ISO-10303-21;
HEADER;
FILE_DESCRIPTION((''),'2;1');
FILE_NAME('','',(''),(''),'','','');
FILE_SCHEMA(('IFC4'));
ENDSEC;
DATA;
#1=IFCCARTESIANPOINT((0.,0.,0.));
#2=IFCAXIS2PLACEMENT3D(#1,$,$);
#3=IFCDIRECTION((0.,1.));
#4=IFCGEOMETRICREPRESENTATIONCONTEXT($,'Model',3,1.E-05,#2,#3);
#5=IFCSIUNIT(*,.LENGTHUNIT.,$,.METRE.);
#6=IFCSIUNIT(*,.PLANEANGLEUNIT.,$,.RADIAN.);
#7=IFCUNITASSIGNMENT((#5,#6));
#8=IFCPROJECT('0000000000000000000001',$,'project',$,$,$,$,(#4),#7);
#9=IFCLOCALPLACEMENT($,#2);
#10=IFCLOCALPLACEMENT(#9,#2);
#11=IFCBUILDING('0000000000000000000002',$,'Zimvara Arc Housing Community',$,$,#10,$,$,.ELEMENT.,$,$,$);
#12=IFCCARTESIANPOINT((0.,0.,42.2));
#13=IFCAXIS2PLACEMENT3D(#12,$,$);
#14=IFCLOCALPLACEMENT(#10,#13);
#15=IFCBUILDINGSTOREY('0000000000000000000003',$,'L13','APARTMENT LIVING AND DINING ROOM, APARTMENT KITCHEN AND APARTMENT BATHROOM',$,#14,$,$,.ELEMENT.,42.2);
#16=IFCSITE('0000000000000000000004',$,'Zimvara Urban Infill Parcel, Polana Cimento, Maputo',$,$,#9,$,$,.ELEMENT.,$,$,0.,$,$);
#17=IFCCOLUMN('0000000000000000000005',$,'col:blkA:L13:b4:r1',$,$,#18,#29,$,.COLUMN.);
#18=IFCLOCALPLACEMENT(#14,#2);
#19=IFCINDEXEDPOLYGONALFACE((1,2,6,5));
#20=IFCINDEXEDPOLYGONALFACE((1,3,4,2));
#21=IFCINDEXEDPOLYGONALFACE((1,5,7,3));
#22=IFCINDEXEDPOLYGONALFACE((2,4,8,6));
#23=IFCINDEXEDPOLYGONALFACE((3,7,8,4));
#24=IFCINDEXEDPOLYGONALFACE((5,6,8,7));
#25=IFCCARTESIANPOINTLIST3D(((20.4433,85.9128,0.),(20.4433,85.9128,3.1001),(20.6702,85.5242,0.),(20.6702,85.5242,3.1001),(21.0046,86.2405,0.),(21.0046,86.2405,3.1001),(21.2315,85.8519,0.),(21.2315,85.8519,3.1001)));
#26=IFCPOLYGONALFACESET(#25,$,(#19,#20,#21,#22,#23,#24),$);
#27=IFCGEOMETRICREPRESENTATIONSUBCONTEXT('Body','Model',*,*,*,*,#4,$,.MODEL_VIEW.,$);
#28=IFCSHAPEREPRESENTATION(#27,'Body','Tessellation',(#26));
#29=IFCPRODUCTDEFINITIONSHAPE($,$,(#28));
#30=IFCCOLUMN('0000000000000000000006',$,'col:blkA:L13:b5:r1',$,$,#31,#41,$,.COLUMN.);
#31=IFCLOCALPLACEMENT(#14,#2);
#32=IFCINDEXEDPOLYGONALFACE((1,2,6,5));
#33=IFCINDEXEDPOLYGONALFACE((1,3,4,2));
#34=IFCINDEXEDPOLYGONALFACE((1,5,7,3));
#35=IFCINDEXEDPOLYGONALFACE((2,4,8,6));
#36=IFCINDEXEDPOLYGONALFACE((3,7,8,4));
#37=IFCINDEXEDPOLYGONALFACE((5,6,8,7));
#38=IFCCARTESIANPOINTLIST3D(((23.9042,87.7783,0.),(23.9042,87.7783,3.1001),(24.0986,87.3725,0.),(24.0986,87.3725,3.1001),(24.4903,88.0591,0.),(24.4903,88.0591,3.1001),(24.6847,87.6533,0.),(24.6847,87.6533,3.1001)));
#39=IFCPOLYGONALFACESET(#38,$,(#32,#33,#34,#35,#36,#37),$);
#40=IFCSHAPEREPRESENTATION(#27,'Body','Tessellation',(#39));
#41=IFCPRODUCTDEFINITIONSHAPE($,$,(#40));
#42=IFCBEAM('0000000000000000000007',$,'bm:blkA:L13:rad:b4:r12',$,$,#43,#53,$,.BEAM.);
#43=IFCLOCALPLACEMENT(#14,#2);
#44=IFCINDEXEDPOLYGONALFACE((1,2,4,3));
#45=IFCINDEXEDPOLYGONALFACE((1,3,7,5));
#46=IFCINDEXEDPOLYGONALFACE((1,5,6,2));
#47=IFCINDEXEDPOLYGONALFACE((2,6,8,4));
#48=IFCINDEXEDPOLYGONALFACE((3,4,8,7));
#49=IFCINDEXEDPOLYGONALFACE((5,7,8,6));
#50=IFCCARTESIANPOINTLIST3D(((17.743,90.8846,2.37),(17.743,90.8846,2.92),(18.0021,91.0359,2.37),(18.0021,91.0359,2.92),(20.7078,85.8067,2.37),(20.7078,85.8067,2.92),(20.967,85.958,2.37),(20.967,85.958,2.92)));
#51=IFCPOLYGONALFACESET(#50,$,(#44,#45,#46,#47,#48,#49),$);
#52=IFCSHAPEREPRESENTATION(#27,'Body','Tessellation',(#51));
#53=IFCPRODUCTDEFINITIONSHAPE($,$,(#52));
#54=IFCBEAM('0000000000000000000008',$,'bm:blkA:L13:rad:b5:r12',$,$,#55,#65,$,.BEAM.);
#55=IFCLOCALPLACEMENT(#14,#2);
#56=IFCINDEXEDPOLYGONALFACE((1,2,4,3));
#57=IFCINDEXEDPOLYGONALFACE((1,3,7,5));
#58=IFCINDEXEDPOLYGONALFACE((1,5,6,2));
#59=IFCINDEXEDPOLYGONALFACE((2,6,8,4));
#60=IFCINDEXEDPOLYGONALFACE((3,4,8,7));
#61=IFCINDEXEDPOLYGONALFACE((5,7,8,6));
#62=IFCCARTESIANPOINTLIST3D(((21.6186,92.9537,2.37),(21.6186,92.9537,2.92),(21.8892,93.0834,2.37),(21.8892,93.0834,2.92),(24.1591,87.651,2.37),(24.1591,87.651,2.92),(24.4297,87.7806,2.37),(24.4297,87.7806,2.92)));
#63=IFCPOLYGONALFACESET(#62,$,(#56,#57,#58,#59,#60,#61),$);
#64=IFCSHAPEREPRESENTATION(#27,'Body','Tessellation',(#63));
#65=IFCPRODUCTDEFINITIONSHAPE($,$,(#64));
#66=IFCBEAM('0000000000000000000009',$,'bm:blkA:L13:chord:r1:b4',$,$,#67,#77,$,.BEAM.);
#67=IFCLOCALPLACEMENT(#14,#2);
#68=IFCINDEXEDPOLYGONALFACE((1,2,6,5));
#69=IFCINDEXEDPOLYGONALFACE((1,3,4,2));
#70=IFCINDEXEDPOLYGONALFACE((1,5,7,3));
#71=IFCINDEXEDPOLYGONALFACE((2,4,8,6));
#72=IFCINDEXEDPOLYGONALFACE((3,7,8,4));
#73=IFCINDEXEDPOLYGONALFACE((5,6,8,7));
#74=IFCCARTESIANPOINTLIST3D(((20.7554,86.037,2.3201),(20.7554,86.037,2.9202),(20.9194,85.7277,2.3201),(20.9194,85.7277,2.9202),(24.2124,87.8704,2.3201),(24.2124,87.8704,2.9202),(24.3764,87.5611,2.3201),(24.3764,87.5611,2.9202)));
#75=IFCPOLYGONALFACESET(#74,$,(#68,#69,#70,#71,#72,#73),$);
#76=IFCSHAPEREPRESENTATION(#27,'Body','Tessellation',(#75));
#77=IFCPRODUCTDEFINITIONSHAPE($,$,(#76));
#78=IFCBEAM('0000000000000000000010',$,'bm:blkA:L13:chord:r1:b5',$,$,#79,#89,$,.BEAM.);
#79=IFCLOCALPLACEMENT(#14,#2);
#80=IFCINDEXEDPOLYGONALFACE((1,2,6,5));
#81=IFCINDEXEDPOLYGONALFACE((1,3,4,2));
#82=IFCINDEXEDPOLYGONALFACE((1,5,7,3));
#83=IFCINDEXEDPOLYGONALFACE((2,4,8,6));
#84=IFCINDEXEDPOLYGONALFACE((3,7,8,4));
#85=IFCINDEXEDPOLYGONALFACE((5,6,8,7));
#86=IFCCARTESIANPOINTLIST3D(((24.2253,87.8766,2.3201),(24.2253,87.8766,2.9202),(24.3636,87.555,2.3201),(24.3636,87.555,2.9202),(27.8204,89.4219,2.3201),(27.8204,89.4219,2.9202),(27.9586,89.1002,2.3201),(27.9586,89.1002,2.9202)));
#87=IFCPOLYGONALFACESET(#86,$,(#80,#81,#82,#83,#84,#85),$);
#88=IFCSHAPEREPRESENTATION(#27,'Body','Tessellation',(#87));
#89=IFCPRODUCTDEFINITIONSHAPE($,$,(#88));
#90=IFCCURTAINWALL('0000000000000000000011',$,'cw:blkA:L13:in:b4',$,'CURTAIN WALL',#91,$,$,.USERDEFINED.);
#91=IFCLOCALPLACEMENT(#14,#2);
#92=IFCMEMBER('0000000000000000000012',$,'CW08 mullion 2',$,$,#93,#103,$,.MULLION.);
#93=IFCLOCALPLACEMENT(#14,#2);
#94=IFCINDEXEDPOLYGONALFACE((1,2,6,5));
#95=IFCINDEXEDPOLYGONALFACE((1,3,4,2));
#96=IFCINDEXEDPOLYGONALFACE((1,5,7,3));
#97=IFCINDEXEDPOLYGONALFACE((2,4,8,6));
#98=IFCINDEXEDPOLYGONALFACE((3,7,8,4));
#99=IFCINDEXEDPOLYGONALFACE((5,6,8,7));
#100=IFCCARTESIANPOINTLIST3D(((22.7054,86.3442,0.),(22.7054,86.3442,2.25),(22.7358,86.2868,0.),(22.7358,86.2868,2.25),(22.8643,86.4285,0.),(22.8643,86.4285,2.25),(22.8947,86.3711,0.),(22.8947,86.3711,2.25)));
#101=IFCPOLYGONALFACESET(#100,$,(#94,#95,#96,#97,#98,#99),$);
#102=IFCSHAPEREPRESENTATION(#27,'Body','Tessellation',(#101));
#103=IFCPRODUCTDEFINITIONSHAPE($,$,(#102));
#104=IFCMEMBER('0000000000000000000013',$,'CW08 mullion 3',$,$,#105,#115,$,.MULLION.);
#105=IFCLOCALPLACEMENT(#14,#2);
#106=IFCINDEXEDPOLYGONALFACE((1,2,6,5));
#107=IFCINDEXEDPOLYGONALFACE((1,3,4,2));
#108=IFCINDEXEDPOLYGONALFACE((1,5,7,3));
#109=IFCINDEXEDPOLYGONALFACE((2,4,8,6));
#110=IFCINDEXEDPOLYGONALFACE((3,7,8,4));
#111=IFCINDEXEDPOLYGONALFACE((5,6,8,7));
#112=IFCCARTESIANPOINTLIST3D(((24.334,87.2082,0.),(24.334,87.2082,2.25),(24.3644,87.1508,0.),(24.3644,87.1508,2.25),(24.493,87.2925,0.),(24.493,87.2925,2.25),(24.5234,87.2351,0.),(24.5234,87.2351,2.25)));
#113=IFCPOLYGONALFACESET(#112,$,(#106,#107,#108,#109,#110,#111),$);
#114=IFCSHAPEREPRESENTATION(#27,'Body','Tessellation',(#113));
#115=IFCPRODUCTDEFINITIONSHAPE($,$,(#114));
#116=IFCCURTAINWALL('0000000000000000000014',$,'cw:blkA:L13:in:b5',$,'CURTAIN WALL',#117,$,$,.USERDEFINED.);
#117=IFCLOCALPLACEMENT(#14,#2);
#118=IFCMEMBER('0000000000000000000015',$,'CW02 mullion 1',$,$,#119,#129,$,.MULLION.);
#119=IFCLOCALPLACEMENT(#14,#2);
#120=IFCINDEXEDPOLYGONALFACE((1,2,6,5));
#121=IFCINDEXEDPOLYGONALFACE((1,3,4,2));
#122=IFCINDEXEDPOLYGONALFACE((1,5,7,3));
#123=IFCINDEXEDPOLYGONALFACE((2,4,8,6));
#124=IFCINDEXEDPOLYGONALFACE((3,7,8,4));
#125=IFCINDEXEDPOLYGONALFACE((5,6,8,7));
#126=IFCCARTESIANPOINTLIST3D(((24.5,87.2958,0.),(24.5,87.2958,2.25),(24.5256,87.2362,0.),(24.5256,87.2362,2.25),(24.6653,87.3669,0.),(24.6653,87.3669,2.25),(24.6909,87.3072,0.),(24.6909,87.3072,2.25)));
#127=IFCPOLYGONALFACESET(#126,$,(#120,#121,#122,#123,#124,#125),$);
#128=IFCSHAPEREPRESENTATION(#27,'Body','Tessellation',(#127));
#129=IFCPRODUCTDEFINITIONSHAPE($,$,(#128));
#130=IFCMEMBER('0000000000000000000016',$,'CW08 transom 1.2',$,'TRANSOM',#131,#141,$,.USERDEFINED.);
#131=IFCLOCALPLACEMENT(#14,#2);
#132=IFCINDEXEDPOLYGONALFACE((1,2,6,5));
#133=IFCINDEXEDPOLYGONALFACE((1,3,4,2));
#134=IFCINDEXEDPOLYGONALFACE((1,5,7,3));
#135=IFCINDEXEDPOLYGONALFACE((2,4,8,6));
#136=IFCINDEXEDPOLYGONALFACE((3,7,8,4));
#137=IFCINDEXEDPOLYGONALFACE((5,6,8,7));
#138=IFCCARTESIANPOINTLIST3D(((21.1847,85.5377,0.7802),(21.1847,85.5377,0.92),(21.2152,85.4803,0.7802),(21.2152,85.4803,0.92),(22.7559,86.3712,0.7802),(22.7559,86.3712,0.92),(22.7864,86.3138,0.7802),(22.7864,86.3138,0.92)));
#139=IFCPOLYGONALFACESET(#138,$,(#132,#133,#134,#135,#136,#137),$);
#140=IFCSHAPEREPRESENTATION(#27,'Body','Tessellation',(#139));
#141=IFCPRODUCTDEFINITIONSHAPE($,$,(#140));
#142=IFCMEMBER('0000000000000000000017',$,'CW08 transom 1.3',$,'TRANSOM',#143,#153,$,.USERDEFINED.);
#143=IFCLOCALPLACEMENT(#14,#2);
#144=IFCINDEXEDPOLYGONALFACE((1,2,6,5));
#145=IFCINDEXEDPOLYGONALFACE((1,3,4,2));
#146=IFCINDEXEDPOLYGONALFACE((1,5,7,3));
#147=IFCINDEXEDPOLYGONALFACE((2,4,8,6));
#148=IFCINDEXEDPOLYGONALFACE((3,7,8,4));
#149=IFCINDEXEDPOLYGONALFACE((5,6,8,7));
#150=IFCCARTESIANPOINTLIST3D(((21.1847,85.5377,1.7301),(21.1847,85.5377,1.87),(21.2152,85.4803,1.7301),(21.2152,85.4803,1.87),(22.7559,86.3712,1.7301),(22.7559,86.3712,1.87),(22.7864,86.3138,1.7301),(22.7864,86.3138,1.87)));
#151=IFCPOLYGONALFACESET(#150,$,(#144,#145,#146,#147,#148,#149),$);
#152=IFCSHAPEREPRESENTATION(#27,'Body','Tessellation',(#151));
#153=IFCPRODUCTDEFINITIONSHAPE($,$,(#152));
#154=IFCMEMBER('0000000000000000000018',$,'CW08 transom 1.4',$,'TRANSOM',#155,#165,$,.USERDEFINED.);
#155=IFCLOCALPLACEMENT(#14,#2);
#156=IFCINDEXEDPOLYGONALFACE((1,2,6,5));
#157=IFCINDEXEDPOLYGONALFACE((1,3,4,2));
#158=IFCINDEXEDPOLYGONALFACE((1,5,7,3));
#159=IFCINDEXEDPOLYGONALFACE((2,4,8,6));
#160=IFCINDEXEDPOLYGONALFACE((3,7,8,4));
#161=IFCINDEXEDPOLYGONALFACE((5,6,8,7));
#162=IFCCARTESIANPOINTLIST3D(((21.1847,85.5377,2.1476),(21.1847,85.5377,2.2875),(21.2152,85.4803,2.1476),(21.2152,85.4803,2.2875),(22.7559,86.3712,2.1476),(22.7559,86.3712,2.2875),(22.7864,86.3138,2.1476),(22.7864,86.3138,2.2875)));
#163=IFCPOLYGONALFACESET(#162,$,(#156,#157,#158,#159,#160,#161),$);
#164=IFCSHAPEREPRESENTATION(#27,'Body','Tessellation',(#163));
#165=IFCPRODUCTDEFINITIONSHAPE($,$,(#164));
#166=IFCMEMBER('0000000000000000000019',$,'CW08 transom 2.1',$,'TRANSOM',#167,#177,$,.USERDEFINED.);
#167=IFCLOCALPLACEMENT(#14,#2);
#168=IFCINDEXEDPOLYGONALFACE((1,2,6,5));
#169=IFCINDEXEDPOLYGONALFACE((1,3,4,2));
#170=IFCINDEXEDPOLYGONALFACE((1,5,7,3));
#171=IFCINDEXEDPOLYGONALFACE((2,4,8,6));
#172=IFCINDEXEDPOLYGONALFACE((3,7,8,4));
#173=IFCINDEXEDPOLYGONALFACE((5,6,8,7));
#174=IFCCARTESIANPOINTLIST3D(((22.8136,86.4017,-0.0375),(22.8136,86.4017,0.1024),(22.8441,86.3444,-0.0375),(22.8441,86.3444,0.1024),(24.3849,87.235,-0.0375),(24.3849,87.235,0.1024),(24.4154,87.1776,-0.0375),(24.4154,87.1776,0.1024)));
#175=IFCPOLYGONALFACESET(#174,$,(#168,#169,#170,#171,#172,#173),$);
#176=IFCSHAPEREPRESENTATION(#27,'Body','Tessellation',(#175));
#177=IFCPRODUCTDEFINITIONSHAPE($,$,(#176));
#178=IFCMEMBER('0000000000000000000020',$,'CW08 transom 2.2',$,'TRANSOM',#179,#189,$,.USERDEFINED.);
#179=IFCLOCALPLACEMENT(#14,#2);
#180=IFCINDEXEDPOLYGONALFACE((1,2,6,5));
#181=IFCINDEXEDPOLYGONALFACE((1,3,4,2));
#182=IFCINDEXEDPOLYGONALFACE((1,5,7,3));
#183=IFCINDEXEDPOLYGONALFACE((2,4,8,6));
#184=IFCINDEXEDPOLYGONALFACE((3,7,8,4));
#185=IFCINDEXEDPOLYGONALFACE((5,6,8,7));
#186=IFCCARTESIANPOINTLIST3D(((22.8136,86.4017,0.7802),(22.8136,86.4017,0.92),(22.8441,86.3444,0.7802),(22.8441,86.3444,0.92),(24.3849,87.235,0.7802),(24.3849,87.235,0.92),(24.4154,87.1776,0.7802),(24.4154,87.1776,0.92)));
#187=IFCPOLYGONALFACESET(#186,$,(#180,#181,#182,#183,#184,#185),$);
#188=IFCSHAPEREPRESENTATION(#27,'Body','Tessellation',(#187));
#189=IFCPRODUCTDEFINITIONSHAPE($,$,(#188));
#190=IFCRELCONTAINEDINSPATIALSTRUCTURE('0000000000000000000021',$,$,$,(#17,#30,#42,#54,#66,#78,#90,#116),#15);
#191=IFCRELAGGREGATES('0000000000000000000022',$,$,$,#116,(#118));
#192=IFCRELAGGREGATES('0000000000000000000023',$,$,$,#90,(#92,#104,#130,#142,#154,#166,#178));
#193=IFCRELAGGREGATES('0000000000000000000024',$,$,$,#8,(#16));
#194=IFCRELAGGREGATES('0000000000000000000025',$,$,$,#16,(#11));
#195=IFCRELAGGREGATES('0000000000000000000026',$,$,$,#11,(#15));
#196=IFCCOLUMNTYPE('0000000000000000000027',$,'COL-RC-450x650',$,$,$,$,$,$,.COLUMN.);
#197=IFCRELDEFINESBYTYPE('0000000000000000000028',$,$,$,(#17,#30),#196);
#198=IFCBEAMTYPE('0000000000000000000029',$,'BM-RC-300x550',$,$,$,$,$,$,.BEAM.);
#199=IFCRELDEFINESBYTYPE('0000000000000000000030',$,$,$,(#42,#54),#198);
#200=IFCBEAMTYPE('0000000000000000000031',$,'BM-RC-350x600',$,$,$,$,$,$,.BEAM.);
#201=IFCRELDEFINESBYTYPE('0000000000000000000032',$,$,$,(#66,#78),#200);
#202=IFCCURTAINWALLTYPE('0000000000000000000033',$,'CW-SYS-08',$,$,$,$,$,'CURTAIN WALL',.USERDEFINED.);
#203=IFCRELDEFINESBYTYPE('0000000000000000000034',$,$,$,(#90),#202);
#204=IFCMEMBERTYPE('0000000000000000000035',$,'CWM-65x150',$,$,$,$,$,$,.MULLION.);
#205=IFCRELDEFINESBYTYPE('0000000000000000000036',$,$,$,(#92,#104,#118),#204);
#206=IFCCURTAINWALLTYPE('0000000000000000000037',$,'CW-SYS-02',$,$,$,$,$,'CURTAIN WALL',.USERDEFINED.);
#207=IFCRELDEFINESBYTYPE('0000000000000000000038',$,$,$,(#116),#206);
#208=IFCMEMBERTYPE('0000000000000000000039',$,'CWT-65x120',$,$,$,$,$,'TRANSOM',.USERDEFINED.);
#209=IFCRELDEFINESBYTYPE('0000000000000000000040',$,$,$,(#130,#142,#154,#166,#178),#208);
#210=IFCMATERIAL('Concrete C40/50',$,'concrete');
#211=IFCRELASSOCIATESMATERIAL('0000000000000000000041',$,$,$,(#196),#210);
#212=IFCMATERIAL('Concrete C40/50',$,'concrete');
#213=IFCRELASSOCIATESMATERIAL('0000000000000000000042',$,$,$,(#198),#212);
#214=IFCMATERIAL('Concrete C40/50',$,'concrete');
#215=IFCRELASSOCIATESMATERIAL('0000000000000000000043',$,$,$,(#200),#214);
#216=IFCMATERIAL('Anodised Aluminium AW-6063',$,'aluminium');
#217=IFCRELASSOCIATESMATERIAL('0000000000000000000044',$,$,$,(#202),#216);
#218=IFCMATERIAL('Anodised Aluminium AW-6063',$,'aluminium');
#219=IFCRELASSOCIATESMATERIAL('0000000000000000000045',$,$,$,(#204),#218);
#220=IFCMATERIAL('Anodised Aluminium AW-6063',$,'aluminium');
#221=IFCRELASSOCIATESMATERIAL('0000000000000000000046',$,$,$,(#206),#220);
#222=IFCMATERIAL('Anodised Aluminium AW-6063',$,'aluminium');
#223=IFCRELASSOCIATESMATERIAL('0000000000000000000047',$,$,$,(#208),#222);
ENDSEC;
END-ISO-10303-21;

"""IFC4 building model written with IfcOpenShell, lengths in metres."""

from ifc_helpers import new_model, si_unit, direction, frame, origin, origin_2d, place, context, subcontext, project, spatial, rectangle, extrude, material, material_profile, profile_set, type_object, element, aggregate, save


model = new_model("IFC4")

# Units and contexts
model_context = context("Model", 3, precision=1e-05, world=origin(), true_north=direction((0.0, 1.0)))
body_context = subcontext(model_context, "Body", "Model", "MODEL_VIEW")
ifc_project = project(units=[si_unit("LENGTHUNIT", "METRE"), si_unit("PLANEANGLEUNIT", "RADIAN")], contexts=[model_context])

# Site, building, storey
site_placement = place(None, origin())
site = spatial("IfcSite", under=ifc_project, at=site_placement, Name="Zimvara Urban Infill Parcel, Polana Cimento, Maputo", CompositionType="ELEMENT", RefElevation=0.0)
building_placement = place(site_placement, origin())
building = spatial("IfcBuilding", under=site, at=building_placement, Name="Zimvara Arc Housing Community", CompositionType="ELEMENT")
storey_placement = place(building_placement, frame((0.0, 0.0, 42.2)))
storey = spatial("IfcBuildingStorey", under=building, at=storey_placement, Name="L13", Description="APARTMENT LIVING AND DINING ROOM, APARTMENT KITCHEN AND APARTMENT BATHROOM", CompositionType="ELEMENT", Elevation=42.2)

# Columns
ifc_material_1 = material(Name="Concrete C40/50", Category="concrete")
ifc_material_profile_1 = material_profile(ifc_material_1, rectangle(XDim=0.45, YDim=0.6499, at=origin_2d()), Name="RC 450x650")
ifc_profile_set_1 = profile_set([ifc_material_profile_1], Name="Concrete C40/50")
column_type = type_object("IfcColumnType", Name="COL-RC-450x650", PredefinedType="COLUMN", material=ifc_profile_set_1)
for number, where, z_axis, x_axis, name in (
    (1, (20.8374, 85.8823, 0.0), (0.0, 0.0, 1.0), (-0.504226, 0.863572, 0.0), "col:blkA:L13:b4:r1"),
    (2, (24.2944, 87.7158, 0.0), (0.0, 0.0, 1.0), (-0.432086, 0.901833, 0.0), "col:blkA:L13:b5:r1"),
):
    element("IfcColumn", number, at=place(storey_placement, frame(where, z_axis=z_axis, x_axis=x_axis)), inside=storey, type_object=column_type, Name=name, PredefinedType="COLUMN", context=body_context, shape_type="SweptSolid", body=[
        extrude(rectangle(XDim=0.45, YDim=0.6499, at=origin_2d()), origin(), (0.0, 0.0, 1.0), 3.1001),
    ])

# Beams
ifc_material_2 = material(Name="Concrete C40/50", Category="concrete")
ifc_material_profile_2 = material_profile(ifc_material_2, rectangle(XDim=0.3, YDim=0.55, at=origin_2d()), Name="RC 300x550")
ifc_profile_set_2 = profile_set([ifc_material_profile_2], Name="Concrete C40/50")
beam_type_1 = type_object("IfcBeamType", Name="BM-RC-300x550", PredefinedType="BEAM", material=ifc_profile_set_2)
beam_1_placement = place(storey_placement, frame((20.8374, 85.8823, 2.645), z_axis=(-0.504219, 0.863576, 0.0), x_axis=(-0.863576, -0.504219, 0.0)))
element("IfcBeam", 3, at=beam_1_placement, inside=storey, type_object=beam_type_1, Name="bm:blkA:L13:rad:b4:r12", PredefinedType="BEAM", context=body_context, shape_type="SweptSolid", body=[
    extrude(rectangle(XDim=0.3, YDim=0.55, at=origin_2d()), origin(), (0.0, 0.0, 1.0), 5.8801),
])
beam_2_placement = place(storey_placement, frame((24.2944, 87.7158, 2.645), z_axis=(-0.43207, 0.90184, 0.0), x_axis=(-0.90184, -0.43207, 0.0)))
element("IfcBeam", 4, at=beam_2_placement, inside=storey, type_object=beam_type_1, Name="bm:blkA:L13:rad:b5:r12", PredefinedType="BEAM", context=body_context, shape_type="SweptSolid", body=[
    extrude(rectangle(XDim=0.3, YDim=0.55, at=origin_2d()), origin(), (0.0, 0.0, 1.0), 5.8799),
])
ifc_material_3 = material(Name="Concrete C40/50", Category="concrete")
ifc_material_profile_3 = material_profile(ifc_material_3, rectangle(XDim=0.3501, YDim=0.6001, at=origin_2d()), Name="RC 350x600")
ifc_profile_set_3 = profile_set([ifc_material_profile_3], Name="Concrete C40/50")
beam_type_2 = type_object("IfcBeamType", Name="BM-RC-350x600", PredefinedType="BEAM", material=ifc_profile_set_3)
for number, where, z_axis, x_axis, name in (
    (5, (20.8374, 85.8823, 2.6201), (0.883439, 0.468547, 0.0), (-0.468547, 0.883439, 0.0), "bm:blkA:L13:chord:r1:b4"),
    (6, (24.2944, 87.7158, 2.6201), (0.918731, 0.394883, 0.0), (-0.394883, 0.918731, 0.0), "bm:blkA:L13:chord:r1:b5"),
):
    element("IfcBeam", number, at=place(storey_placement, frame(where, z_axis=z_axis, x_axis=x_axis)), inside=storey, type_object=beam_type_2, Name=name, PredefinedType="BEAM", context=body_context, shape_type="SweptSolid", body=[
        extrude(rectangle(XDim=0.3501, YDim=0.6001, at=origin_2d()), origin(), (0.0, 0.0, 1.0), 3.9131),
    ])

# Curtain wall, members
ifc_material_4 = material(Name="Anodised Aluminium AW-6063", Category="aluminium")
curtain_wall_type_1 = type_object("IfcCurtainWallType", Name="CW-SYS-08", ElementType="CURTAIN WALL", PredefinedType="USERDEFINED", material=ifc_material_4)
curtain_wall_1_placement = place(storey_placement, origin())
curtain_wall_1 = element("IfcCurtainWall", 7, at=curtain_wall_1_placement, inside=storey, type_object=curtain_wall_type_1, Name="cw:blkA:L13:in:b4", ObjectType="CURTAIN WALL", PredefinedType="USERDEFINED")
ifc_material_5 = material(Name="Anodised Aluminium AW-6063", Category="aluminium")
ifc_material_profile_4 = material_profile(ifc_material_5, rectangle(XDim=0.0649, YDim=0.1799, at=origin_2d()), Name="ALU 65x180")
ifc_profile_set_4 = profile_set([ifc_material_profile_4], Name="Anodised Aluminium AW-6063")
member_type_1 = type_object("IfcMemberType", Name="CWM-65x150", PredefinedType="MULLION", material=ifc_profile_set_4)
member_1_placement = place(storey_placement, frame((22.8, 86.3577, 0.0), z_axis=(0.0, 0.0, 1.0), x_axis=(-0.468547, 0.883439, 0.0)))
member_1 = element("IfcMember", 8, at=member_1_placement, type_object=member_type_1, Name="CW08 mullion 2", PredefinedType="MULLION", context=body_context, shape_type="SweptSolid", body=[
    extrude(rectangle(XDim=0.0649, YDim=0.1799, at=origin_2d()), origin(), (0.0, 0.0, 1.0), 2.25),
])
member_2_placement = place(storey_placement, frame((24.4287, 87.2217, 0.0), z_axis=(0.0, 0.0, 1.0), x_axis=(-0.468547, 0.883439, 0.0)))
member_2 = element("IfcMember", 9, at=member_2_placement, type_object=member_type_1, Name="CW08 mullion 3", PredefinedType="MULLION", context=body_context, shape_type="SweptSolid", body=[
    extrude(rectangle(XDim=0.0649, YDim=0.1799, at=origin_2d()), origin(), (0.0, 0.0, 1.0), 2.25),
])

# Curtain wall, member
ifc_material_6 = material(Name="Anodised Aluminium AW-6063", Category="aluminium")
curtain_wall_type_2 = type_object("IfcCurtainWallType", Name="CW-SYS-02", ElementType="CURTAIN WALL", PredefinedType="USERDEFINED", material=ifc_material_6)
curtain_wall_2_placement = place(storey_placement, origin())
curtain_wall_2 = element("IfcCurtainWall", 10, at=curtain_wall_2_placement, inside=storey, type_object=curtain_wall_type_2, Name="cw:blkA:L13:in:b5", ObjectType="CURTAIN WALL", PredefinedType="USERDEFINED")
member_3_placement = place(storey_placement, frame((24.5955, 87.3015, 0.0), z_axis=(0.0, 0.0, 1.0), x_axis=(-0.394904, 0.918722, 0.0)))
member_3 = element("IfcMember", 11, at=member_3_placement, type_object=member_type_1, Name="CW02 mullion 1", PredefinedType="MULLION", context=body_context, shape_type="SweptSolid", body=[
    extrude(rectangle(XDim=0.0649, YDim=0.1799, at=origin_2d()), origin(), (0.0, 0.0, 1.0), 2.25),
])

# Members
ifc_material_7 = material(Name="Anodised Aluminium AW-6063", Category="aluminium")
ifc_material_profile_5 = material_profile(ifc_material_7, rectangle(XDim=0.0649, YDim=0.1399, at=origin_2d()), Name="ALU 65x140")
ifc_profile_set_5 = profile_set([ifc_material_profile_5], Name="Anodised Aluminium AW-6063")
member_type_2 = type_object("IfcMemberType", Name="CWT-65x120", ElementType="TRANSOM", PredefinedType="USERDEFINED", material=ifc_profile_set_5)
member_4_placement = place(storey_placement, frame((21.2, 85.509, 0.8501), z_axis=(0.883407, 0.468607, 0.0), x_axis=(-0.468607, 0.883407, 0.0)))
member_4 = element("IfcMember", 12, at=member_4_placement, type_object=member_type_2, Name="CW08 transom 1.2", ObjectType="TRANSOM", PredefinedType="USERDEFINED", context=body_context, shape_type="SweptSolid", body=[
    extrude(rectangle(XDim=0.0649, YDim=0.1399, at=origin_2d()), origin(), (0.0, 0.0, 1.0), 1.7786),
])
member_5_placement = place(storey_placement, frame((21.2, 85.509, 1.8), z_axis=(0.883407, 0.468607, 0.0), x_axis=(-0.468607, 0.883407, 0.0)))
member_5 = element("IfcMember", 13, at=member_5_placement, type_object=member_type_2, Name="CW08 transom 1.3", ObjectType="TRANSOM", PredefinedType="USERDEFINED", context=body_context, shape_type="SweptSolid", body=[
    extrude(rectangle(XDim=0.0649, YDim=0.1399, at=origin_2d()), origin(), (0.0, 0.0, 1.0), 1.7786),
])
member_6_placement = place(storey_placement, frame((21.2, 85.509, 2.2175), z_axis=(0.883407, 0.468607, 0.0), x_axis=(-0.468607, 0.883407, 0.0)))
member_6 = element("IfcMember", 14, at=member_6_placement, type_object=member_type_2, Name="CW08 transom 1.4", ObjectType="TRANSOM", PredefinedType="USERDEFINED", context=body_context, shape_type="SweptSolid", body=[
    extrude(rectangle(XDim=0.0649, YDim=0.1399, at=origin_2d()), origin(), (0.0, 0.0, 1.0), 1.7786),
])
member_7_placement = place(storey_placement, frame((22.8289, 86.373, 0.0325), z_axis=(0.883464, 0.468499, 0.0), x_axis=(-0.468499, 0.883464, 0.0)))
member_7 = element("IfcMember", 15, at=member_7_placement, type_object=member_type_2, Name="CW08 transom 2.1", ObjectType="TRANSOM", PredefinedType="USERDEFINED", context=body_context, shape_type="SweptSolid", body=[
    extrude(rectangle(XDim=0.0649, YDim=0.1399, at=origin_2d()), origin(), (0.0, 0.0, 1.0), 1.7786),
])
member_8_placement = place(storey_placement, frame((22.8289, 86.373, 0.8501), z_axis=(0.883464, 0.468499, 0.0), x_axis=(-0.468499, 0.883464, 0.0)))
member_8 = element("IfcMember", 16, at=member_8_placement, type_object=member_type_2, Name="CW08 transom 2.2", ObjectType="TRANSOM", PredefinedType="USERDEFINED", context=body_context, shape_type="SweptSolid", body=[
    extrude(rectangle(XDim=0.0649, YDim=0.1399, at=origin_2d()), origin(), (0.0, 0.0, 1.0), 1.7786),
])
aggregate(curtain_wall_2, [member_3])

aggregate(curtain_wall_1, [member_1, member_2, member_4, member_5, member_6, member_7, member_8])

save(model, "model.ifc")
